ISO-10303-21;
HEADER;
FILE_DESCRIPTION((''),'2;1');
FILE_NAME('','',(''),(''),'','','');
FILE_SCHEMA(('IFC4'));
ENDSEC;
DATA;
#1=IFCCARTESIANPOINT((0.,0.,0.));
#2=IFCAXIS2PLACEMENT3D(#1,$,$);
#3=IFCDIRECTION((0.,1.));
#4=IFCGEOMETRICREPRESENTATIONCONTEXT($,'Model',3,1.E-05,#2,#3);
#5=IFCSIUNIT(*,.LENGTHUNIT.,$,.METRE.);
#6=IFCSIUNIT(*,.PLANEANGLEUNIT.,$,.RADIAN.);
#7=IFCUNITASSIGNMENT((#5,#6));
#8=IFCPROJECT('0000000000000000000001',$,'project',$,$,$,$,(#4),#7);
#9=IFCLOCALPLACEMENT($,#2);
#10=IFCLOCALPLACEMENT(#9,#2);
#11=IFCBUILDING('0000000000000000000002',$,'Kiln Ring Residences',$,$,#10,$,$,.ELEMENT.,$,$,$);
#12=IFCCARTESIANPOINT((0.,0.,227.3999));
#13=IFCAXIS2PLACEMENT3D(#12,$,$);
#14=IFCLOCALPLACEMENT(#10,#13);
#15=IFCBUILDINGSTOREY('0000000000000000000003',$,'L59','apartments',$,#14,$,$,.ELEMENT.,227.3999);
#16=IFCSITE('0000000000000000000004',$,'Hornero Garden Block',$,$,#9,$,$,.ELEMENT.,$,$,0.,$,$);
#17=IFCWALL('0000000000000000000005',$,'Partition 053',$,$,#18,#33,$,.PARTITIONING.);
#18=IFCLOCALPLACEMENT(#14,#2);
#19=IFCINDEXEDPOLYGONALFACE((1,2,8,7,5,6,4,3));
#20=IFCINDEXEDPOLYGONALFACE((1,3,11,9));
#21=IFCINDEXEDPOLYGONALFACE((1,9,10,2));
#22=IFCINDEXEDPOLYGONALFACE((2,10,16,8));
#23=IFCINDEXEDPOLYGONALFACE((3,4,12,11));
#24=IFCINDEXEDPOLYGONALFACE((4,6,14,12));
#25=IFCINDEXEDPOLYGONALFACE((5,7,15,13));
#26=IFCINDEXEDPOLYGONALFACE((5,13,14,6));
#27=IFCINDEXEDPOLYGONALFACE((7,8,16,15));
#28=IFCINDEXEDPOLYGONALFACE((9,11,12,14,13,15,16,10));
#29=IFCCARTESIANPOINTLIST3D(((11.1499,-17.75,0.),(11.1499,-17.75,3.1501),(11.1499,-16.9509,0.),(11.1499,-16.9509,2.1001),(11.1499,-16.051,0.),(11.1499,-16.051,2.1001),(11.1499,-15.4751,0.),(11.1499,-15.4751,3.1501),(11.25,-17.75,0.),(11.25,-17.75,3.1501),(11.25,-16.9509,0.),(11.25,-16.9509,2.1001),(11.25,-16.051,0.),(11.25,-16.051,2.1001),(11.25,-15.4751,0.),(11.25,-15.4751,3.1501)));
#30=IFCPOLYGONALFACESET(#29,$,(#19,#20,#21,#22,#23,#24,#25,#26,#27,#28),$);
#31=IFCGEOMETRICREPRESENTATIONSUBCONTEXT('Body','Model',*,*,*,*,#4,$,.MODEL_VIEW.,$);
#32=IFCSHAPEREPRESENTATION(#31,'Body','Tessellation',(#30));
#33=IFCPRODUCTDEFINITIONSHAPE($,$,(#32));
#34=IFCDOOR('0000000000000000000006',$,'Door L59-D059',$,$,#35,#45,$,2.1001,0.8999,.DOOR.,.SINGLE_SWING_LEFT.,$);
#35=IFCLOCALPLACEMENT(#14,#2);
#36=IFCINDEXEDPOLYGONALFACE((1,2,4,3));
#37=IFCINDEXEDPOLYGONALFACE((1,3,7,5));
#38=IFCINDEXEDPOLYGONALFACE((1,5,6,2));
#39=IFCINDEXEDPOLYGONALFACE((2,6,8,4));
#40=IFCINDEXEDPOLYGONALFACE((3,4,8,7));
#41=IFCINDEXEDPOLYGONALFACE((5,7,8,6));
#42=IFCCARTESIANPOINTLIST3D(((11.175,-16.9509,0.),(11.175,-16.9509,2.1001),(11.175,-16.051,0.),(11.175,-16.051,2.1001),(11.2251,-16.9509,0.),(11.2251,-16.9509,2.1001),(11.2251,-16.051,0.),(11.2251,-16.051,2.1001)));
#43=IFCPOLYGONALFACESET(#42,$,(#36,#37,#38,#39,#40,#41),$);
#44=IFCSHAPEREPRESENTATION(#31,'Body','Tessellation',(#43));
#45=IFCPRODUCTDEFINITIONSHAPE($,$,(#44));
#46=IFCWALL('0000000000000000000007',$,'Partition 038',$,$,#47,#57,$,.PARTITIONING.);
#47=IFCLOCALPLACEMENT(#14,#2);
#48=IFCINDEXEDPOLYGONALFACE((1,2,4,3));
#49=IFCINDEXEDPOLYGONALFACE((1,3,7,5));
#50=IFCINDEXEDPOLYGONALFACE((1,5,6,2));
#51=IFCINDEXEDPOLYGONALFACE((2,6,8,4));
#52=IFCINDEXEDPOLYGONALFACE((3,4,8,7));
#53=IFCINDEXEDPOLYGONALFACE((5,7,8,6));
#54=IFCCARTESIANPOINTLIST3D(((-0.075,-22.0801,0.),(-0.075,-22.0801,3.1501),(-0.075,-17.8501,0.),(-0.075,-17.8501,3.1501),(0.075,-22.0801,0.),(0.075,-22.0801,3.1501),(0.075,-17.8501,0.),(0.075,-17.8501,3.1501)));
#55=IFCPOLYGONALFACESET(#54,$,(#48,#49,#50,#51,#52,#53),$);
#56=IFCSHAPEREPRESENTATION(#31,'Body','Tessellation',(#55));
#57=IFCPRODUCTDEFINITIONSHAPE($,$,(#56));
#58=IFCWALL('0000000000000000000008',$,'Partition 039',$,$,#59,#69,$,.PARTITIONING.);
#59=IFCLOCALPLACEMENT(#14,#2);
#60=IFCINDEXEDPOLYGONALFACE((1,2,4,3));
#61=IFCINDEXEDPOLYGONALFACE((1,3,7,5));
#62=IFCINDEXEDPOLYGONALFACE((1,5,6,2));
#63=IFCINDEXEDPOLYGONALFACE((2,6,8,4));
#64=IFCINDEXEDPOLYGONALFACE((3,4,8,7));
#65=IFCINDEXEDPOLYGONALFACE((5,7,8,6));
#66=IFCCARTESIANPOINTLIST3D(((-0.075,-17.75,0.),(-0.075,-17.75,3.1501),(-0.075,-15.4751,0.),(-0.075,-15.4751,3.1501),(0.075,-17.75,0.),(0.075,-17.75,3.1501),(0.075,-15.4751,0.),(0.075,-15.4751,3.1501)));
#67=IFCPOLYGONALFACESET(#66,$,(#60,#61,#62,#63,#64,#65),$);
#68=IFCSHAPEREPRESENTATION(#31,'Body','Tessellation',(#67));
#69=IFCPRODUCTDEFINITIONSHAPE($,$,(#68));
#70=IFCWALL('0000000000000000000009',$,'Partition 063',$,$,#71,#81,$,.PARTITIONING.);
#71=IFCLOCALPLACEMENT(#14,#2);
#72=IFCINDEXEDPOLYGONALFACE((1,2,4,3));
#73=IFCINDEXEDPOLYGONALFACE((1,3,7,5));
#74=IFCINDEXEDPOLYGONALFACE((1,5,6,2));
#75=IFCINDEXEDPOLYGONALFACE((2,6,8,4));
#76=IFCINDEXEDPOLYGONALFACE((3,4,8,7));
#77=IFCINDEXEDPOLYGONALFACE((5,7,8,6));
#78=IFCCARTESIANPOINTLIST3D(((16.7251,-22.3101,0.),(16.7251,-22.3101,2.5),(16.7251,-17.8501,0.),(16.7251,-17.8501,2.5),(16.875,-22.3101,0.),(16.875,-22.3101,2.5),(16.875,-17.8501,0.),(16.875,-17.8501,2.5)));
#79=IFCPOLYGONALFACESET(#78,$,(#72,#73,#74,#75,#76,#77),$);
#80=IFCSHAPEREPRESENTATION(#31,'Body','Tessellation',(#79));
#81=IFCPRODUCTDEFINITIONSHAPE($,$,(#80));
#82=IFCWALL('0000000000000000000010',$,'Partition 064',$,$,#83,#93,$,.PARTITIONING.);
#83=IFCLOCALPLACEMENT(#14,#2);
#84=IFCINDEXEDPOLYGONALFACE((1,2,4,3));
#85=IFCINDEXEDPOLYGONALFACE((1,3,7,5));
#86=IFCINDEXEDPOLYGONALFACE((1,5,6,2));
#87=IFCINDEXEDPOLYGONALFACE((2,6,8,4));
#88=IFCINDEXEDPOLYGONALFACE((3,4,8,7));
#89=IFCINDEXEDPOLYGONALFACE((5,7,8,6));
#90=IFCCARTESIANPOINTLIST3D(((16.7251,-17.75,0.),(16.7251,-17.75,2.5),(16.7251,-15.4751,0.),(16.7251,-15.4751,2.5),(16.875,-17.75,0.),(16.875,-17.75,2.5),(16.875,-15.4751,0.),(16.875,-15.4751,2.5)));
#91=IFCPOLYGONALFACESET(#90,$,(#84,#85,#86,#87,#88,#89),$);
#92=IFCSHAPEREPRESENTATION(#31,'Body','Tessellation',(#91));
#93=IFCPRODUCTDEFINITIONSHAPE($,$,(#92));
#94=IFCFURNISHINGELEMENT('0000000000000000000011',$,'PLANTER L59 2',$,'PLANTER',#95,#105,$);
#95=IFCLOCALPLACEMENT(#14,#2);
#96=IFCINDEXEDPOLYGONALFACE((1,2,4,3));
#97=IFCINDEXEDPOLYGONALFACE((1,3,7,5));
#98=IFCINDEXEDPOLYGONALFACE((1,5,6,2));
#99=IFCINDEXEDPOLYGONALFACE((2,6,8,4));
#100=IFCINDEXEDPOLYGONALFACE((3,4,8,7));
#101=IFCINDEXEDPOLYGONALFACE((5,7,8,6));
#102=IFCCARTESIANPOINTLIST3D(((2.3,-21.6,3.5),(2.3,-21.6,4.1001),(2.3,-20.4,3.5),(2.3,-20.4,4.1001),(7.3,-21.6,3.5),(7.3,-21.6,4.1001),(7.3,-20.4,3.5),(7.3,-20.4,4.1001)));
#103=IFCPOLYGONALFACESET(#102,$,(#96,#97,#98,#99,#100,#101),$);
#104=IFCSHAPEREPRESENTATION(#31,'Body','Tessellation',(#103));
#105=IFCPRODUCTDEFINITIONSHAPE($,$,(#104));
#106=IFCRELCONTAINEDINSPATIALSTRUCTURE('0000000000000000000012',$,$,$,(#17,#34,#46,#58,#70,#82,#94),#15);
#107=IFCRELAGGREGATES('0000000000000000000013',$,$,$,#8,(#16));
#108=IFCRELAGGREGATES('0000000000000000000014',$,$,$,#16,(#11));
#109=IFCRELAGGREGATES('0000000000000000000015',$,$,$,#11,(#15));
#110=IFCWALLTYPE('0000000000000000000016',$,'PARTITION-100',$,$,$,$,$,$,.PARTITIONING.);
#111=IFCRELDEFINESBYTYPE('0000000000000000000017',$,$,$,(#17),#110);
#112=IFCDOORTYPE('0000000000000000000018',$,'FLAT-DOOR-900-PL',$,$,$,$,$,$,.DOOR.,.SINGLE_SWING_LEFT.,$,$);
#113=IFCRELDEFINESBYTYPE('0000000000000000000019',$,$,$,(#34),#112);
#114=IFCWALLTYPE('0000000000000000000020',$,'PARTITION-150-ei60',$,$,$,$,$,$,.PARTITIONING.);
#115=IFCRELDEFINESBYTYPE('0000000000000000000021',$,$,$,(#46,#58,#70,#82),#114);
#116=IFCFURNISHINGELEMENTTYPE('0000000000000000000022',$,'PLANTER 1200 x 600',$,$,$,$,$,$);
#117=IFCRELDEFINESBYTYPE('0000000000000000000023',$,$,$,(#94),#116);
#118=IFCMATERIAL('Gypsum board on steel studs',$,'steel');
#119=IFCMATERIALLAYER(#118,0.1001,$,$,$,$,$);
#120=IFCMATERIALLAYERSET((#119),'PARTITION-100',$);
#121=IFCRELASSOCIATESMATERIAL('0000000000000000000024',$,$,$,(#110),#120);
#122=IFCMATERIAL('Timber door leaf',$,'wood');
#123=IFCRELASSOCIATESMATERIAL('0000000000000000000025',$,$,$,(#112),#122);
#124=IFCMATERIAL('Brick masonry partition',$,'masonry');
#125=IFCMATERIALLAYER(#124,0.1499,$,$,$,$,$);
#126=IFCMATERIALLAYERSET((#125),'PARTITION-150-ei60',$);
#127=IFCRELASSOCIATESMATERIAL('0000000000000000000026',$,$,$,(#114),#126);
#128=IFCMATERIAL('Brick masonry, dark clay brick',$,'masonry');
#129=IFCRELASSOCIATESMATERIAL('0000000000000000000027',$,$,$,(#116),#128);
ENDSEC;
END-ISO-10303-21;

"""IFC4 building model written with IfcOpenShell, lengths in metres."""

from ifc_helpers import new_model, si_unit, direction, frame, frame_2d, origin, origin_2d, place, context, subcontext, project, spatial, rectangle, extrude, material, layer, layer_set, type_object, element, fill, save


model = new_model("IFC4")

# Units and contexts
model_context = context("Model", 3, precision=1e-05, world=origin(), true_north=direction((0.0, 1.0)))
body_context = subcontext(model_context, "Body", "Model", "MODEL_VIEW")
ifc_project = project(units=[si_unit("LENGTHUNIT", "METRE"), si_unit("PLANEANGLEUNIT", "RADIAN")], contexts=[model_context])

# Site, building, storey
site_placement = place(None, origin())
site = spatial("IfcSite", under=ifc_project, at=site_placement, Name="Hornero Garden Block", CompositionType="ELEMENT", RefElevation=0.0)
building_placement = place(site_placement, origin())
building = spatial("IfcBuilding", under=site, at=building_placement, Name="Kiln Ring Residences", CompositionType="ELEMENT")
storey_placement = place(building_placement, frame((0.0, 0.0, 227.3999)))
storey = spatial("IfcBuildingStorey", under=building, at=storey_placement, Name="L59", Description="apartments", CompositionType="ELEMENT", Elevation=227.3999)

# Shared definitions
ifc_material_1 = material(Name="Gypsum board on steel studs", Category="steel")
ifc_layer_1 = layer(ifc_material_1, 0.1001)
ifc_layer_set_1 = layer_set([ifc_layer_1], Name="PARTITION-100")
wall_type_1 = type_object("IfcWallType", Name="PARTITION-100", PredefinedType="PARTITIONING", material=ifc_layer_set_1)
ifc_material_2 = material(Name="Timber door leaf", Category="wood")
door_type_1 = type_object("IfcDoorType", Name="FLAT-DOOR-900-PL", OperationType="SINGLE_SWING_LEFT", PredefinedType="DOOR", material=ifc_material_2)

# Wall, opening, door
wall_1_placement = place(storey_placement, frame((11.2, -17.75, 0.0), z_axis=(0.0, 0.0, 1.0), x_axis=(0.0, 1.0, 0.0)))
wall_1 = element("IfcWall", 1, at=wall_1_placement, inside=storey, type_object=wall_type_1, Name="Partition 053", PredefinedType="PARTITIONING", context=body_context, shape_type="SweptSolid", body=[
    extrude(rectangle(XDim=2.2749, YDim=0.1001, at=frame_2d((1.1375, 0.0))), origin(), (0.0, 0.0, 1.0), 3.1501),
])
opening_1_placement = place(wall_1_placement, frame((0.7991, 0.0, 0.0)))
opening_1 = element("IfcOpeningElement", 2, at=opening_1_placement, cuts=wall_1, PredefinedType="OPENING", context=body_context, shape_type="SweptSolid", body=[
    extrude(rectangle(XDim=0.8999, YDim=2.1001, at=frame_2d((0.45, 1.05))), frame((0.0, 0.0601, 0.0), z_axis=(0.0, -1.0, 0.0), x_axis=(1.0, 0.0, 0.0)), (0.0, 0.0, 1.0), 0.1201),
])
door_1_placement = place(opening_1_placement, origin())
door_1 = element("IfcDoor", 3, at=door_1_placement, inside=storey, type_object=door_type_1, Name="Door L59-D059", OperationType="SINGLE_SWING_LEFT", OverallHeight=2.1001, OverallWidth=0.8999, PredefinedType="DOOR", context=body_context, shape_type="SweptSolid", body=[
    extrude(rectangle(XDim=0.8999, YDim=2.1001, at=frame_2d((0.45, 1.05))), frame((0.0, 0.0249, 0.0), z_axis=(0.0, -1.0, 0.0), x_axis=(1.0, 0.0, 0.0)), (0.0, 0.0, 1.0), 0.05),
])
fill(opening_1, door_1)

# Walls
ifc_material_3 = material(Name="Brick masonry partition", Category="masonry")
ifc_layer_2 = layer(ifc_material_3, 0.1499)
ifc_layer_set_2 = layer_set([ifc_layer_2], Name="PARTITION-150-ei60")
wall_type_2 = type_object("IfcWallType", Name="PARTITION-150-ei60", PredefinedType="PARTITIONING", material=ifc_layer_set_2)
wall_2_placement = place(storey_placement, frame((0.0, -22.0801, 0.0), z_axis=(0.0, 0.0, 1.0), x_axis=(0.0, 1.0, 0.0)))
element("IfcWall", 4, at=wall_2_placement, inside=storey, type_object=wall_type_2, Name="Partition 038", PredefinedType="PARTITIONING", context=body_context, shape_type="SweptSolid", body=[
    extrude(rectangle(XDim=4.23, YDim=0.1499, at=frame_2d((2.115, 0.0))), origin(), (0.0, 0.0, 1.0), 3.1501),
])
wall_3_placement = place(storey_placement, frame((0.0, -17.75, 0.0), z_axis=(0.0, 0.0, 1.0), x_axis=(0.0, 1.0, 0.0)))
element("IfcWall", 5, at=wall_3_placement, inside=storey, type_object=wall_type_2, Name="Partition 039", PredefinedType="PARTITIONING", context=body_context, shape_type="SweptSolid", body=[
    extrude(rectangle(XDim=2.2749, YDim=0.1499, at=frame_2d((1.1375, 0.0))), origin(), (0.0, 0.0, 1.0), 3.1501),
])
wall_4_placement = place(storey_placement, frame((16.8, -22.3101, 0.0), z_axis=(0.0, 0.0, 1.0), x_axis=(0.0, 1.0, 0.0)))
element("IfcWall", 6, at=wall_4_placement, inside=storey, type_object=wall_type_2, Name="Partition 063", PredefinedType="PARTITIONING", context=body_context, shape_type="SweptSolid", body=[
    extrude(rectangle(XDim=4.46, YDim=0.1499, at=frame_2d((2.23, 0.0))), origin(), (0.0, 0.0, 1.0), 2.5),
])
wall_5_placement = place(storey_placement, frame((16.8, -17.75, 0.0), z_axis=(0.0, 0.0, 1.0), x_axis=(0.0, 1.0, 0.0)))
element("IfcWall", 7, at=wall_5_placement, inside=storey, type_object=wall_type_2, Name="Partition 064", PredefinedType="PARTITIONING", context=body_context, shape_type="SweptSolid", body=[
    extrude(rectangle(XDim=2.2749, YDim=0.1499, at=frame_2d((1.1375, 0.0))), origin(), (0.0, 0.0, 1.0), 2.5),
])

# Furnishing element
ifc_material_4 = material(Name="Brick masonry, dark clay brick", Category="masonry")
furnishing_element_type = type_object("IfcFurnishingElementType", Name="PLANTER 1200 x 600", material=ifc_material_4)
furnishing_placement = place(storey_placement, frame((4.8, -21.0, 3.5), z_axis=(0.0, 0.0, 1.0), x_axis=(1.0, 0.0, 0.0)))
element("IfcFurnishingElement", 8, at=furnishing_placement, inside=storey, type_object=furnishing_element_type, Name="PLANTER L59 2", ObjectType="PLANTER", context=body_context, shape_type="SweptSolid", body=[
    extrude(rectangle(XDim=5.0, YDim=1.2, at=origin_2d()), origin(), (0.0, 0.0, 1.0), 0.6001),
])

save(model, "model.ifc")
